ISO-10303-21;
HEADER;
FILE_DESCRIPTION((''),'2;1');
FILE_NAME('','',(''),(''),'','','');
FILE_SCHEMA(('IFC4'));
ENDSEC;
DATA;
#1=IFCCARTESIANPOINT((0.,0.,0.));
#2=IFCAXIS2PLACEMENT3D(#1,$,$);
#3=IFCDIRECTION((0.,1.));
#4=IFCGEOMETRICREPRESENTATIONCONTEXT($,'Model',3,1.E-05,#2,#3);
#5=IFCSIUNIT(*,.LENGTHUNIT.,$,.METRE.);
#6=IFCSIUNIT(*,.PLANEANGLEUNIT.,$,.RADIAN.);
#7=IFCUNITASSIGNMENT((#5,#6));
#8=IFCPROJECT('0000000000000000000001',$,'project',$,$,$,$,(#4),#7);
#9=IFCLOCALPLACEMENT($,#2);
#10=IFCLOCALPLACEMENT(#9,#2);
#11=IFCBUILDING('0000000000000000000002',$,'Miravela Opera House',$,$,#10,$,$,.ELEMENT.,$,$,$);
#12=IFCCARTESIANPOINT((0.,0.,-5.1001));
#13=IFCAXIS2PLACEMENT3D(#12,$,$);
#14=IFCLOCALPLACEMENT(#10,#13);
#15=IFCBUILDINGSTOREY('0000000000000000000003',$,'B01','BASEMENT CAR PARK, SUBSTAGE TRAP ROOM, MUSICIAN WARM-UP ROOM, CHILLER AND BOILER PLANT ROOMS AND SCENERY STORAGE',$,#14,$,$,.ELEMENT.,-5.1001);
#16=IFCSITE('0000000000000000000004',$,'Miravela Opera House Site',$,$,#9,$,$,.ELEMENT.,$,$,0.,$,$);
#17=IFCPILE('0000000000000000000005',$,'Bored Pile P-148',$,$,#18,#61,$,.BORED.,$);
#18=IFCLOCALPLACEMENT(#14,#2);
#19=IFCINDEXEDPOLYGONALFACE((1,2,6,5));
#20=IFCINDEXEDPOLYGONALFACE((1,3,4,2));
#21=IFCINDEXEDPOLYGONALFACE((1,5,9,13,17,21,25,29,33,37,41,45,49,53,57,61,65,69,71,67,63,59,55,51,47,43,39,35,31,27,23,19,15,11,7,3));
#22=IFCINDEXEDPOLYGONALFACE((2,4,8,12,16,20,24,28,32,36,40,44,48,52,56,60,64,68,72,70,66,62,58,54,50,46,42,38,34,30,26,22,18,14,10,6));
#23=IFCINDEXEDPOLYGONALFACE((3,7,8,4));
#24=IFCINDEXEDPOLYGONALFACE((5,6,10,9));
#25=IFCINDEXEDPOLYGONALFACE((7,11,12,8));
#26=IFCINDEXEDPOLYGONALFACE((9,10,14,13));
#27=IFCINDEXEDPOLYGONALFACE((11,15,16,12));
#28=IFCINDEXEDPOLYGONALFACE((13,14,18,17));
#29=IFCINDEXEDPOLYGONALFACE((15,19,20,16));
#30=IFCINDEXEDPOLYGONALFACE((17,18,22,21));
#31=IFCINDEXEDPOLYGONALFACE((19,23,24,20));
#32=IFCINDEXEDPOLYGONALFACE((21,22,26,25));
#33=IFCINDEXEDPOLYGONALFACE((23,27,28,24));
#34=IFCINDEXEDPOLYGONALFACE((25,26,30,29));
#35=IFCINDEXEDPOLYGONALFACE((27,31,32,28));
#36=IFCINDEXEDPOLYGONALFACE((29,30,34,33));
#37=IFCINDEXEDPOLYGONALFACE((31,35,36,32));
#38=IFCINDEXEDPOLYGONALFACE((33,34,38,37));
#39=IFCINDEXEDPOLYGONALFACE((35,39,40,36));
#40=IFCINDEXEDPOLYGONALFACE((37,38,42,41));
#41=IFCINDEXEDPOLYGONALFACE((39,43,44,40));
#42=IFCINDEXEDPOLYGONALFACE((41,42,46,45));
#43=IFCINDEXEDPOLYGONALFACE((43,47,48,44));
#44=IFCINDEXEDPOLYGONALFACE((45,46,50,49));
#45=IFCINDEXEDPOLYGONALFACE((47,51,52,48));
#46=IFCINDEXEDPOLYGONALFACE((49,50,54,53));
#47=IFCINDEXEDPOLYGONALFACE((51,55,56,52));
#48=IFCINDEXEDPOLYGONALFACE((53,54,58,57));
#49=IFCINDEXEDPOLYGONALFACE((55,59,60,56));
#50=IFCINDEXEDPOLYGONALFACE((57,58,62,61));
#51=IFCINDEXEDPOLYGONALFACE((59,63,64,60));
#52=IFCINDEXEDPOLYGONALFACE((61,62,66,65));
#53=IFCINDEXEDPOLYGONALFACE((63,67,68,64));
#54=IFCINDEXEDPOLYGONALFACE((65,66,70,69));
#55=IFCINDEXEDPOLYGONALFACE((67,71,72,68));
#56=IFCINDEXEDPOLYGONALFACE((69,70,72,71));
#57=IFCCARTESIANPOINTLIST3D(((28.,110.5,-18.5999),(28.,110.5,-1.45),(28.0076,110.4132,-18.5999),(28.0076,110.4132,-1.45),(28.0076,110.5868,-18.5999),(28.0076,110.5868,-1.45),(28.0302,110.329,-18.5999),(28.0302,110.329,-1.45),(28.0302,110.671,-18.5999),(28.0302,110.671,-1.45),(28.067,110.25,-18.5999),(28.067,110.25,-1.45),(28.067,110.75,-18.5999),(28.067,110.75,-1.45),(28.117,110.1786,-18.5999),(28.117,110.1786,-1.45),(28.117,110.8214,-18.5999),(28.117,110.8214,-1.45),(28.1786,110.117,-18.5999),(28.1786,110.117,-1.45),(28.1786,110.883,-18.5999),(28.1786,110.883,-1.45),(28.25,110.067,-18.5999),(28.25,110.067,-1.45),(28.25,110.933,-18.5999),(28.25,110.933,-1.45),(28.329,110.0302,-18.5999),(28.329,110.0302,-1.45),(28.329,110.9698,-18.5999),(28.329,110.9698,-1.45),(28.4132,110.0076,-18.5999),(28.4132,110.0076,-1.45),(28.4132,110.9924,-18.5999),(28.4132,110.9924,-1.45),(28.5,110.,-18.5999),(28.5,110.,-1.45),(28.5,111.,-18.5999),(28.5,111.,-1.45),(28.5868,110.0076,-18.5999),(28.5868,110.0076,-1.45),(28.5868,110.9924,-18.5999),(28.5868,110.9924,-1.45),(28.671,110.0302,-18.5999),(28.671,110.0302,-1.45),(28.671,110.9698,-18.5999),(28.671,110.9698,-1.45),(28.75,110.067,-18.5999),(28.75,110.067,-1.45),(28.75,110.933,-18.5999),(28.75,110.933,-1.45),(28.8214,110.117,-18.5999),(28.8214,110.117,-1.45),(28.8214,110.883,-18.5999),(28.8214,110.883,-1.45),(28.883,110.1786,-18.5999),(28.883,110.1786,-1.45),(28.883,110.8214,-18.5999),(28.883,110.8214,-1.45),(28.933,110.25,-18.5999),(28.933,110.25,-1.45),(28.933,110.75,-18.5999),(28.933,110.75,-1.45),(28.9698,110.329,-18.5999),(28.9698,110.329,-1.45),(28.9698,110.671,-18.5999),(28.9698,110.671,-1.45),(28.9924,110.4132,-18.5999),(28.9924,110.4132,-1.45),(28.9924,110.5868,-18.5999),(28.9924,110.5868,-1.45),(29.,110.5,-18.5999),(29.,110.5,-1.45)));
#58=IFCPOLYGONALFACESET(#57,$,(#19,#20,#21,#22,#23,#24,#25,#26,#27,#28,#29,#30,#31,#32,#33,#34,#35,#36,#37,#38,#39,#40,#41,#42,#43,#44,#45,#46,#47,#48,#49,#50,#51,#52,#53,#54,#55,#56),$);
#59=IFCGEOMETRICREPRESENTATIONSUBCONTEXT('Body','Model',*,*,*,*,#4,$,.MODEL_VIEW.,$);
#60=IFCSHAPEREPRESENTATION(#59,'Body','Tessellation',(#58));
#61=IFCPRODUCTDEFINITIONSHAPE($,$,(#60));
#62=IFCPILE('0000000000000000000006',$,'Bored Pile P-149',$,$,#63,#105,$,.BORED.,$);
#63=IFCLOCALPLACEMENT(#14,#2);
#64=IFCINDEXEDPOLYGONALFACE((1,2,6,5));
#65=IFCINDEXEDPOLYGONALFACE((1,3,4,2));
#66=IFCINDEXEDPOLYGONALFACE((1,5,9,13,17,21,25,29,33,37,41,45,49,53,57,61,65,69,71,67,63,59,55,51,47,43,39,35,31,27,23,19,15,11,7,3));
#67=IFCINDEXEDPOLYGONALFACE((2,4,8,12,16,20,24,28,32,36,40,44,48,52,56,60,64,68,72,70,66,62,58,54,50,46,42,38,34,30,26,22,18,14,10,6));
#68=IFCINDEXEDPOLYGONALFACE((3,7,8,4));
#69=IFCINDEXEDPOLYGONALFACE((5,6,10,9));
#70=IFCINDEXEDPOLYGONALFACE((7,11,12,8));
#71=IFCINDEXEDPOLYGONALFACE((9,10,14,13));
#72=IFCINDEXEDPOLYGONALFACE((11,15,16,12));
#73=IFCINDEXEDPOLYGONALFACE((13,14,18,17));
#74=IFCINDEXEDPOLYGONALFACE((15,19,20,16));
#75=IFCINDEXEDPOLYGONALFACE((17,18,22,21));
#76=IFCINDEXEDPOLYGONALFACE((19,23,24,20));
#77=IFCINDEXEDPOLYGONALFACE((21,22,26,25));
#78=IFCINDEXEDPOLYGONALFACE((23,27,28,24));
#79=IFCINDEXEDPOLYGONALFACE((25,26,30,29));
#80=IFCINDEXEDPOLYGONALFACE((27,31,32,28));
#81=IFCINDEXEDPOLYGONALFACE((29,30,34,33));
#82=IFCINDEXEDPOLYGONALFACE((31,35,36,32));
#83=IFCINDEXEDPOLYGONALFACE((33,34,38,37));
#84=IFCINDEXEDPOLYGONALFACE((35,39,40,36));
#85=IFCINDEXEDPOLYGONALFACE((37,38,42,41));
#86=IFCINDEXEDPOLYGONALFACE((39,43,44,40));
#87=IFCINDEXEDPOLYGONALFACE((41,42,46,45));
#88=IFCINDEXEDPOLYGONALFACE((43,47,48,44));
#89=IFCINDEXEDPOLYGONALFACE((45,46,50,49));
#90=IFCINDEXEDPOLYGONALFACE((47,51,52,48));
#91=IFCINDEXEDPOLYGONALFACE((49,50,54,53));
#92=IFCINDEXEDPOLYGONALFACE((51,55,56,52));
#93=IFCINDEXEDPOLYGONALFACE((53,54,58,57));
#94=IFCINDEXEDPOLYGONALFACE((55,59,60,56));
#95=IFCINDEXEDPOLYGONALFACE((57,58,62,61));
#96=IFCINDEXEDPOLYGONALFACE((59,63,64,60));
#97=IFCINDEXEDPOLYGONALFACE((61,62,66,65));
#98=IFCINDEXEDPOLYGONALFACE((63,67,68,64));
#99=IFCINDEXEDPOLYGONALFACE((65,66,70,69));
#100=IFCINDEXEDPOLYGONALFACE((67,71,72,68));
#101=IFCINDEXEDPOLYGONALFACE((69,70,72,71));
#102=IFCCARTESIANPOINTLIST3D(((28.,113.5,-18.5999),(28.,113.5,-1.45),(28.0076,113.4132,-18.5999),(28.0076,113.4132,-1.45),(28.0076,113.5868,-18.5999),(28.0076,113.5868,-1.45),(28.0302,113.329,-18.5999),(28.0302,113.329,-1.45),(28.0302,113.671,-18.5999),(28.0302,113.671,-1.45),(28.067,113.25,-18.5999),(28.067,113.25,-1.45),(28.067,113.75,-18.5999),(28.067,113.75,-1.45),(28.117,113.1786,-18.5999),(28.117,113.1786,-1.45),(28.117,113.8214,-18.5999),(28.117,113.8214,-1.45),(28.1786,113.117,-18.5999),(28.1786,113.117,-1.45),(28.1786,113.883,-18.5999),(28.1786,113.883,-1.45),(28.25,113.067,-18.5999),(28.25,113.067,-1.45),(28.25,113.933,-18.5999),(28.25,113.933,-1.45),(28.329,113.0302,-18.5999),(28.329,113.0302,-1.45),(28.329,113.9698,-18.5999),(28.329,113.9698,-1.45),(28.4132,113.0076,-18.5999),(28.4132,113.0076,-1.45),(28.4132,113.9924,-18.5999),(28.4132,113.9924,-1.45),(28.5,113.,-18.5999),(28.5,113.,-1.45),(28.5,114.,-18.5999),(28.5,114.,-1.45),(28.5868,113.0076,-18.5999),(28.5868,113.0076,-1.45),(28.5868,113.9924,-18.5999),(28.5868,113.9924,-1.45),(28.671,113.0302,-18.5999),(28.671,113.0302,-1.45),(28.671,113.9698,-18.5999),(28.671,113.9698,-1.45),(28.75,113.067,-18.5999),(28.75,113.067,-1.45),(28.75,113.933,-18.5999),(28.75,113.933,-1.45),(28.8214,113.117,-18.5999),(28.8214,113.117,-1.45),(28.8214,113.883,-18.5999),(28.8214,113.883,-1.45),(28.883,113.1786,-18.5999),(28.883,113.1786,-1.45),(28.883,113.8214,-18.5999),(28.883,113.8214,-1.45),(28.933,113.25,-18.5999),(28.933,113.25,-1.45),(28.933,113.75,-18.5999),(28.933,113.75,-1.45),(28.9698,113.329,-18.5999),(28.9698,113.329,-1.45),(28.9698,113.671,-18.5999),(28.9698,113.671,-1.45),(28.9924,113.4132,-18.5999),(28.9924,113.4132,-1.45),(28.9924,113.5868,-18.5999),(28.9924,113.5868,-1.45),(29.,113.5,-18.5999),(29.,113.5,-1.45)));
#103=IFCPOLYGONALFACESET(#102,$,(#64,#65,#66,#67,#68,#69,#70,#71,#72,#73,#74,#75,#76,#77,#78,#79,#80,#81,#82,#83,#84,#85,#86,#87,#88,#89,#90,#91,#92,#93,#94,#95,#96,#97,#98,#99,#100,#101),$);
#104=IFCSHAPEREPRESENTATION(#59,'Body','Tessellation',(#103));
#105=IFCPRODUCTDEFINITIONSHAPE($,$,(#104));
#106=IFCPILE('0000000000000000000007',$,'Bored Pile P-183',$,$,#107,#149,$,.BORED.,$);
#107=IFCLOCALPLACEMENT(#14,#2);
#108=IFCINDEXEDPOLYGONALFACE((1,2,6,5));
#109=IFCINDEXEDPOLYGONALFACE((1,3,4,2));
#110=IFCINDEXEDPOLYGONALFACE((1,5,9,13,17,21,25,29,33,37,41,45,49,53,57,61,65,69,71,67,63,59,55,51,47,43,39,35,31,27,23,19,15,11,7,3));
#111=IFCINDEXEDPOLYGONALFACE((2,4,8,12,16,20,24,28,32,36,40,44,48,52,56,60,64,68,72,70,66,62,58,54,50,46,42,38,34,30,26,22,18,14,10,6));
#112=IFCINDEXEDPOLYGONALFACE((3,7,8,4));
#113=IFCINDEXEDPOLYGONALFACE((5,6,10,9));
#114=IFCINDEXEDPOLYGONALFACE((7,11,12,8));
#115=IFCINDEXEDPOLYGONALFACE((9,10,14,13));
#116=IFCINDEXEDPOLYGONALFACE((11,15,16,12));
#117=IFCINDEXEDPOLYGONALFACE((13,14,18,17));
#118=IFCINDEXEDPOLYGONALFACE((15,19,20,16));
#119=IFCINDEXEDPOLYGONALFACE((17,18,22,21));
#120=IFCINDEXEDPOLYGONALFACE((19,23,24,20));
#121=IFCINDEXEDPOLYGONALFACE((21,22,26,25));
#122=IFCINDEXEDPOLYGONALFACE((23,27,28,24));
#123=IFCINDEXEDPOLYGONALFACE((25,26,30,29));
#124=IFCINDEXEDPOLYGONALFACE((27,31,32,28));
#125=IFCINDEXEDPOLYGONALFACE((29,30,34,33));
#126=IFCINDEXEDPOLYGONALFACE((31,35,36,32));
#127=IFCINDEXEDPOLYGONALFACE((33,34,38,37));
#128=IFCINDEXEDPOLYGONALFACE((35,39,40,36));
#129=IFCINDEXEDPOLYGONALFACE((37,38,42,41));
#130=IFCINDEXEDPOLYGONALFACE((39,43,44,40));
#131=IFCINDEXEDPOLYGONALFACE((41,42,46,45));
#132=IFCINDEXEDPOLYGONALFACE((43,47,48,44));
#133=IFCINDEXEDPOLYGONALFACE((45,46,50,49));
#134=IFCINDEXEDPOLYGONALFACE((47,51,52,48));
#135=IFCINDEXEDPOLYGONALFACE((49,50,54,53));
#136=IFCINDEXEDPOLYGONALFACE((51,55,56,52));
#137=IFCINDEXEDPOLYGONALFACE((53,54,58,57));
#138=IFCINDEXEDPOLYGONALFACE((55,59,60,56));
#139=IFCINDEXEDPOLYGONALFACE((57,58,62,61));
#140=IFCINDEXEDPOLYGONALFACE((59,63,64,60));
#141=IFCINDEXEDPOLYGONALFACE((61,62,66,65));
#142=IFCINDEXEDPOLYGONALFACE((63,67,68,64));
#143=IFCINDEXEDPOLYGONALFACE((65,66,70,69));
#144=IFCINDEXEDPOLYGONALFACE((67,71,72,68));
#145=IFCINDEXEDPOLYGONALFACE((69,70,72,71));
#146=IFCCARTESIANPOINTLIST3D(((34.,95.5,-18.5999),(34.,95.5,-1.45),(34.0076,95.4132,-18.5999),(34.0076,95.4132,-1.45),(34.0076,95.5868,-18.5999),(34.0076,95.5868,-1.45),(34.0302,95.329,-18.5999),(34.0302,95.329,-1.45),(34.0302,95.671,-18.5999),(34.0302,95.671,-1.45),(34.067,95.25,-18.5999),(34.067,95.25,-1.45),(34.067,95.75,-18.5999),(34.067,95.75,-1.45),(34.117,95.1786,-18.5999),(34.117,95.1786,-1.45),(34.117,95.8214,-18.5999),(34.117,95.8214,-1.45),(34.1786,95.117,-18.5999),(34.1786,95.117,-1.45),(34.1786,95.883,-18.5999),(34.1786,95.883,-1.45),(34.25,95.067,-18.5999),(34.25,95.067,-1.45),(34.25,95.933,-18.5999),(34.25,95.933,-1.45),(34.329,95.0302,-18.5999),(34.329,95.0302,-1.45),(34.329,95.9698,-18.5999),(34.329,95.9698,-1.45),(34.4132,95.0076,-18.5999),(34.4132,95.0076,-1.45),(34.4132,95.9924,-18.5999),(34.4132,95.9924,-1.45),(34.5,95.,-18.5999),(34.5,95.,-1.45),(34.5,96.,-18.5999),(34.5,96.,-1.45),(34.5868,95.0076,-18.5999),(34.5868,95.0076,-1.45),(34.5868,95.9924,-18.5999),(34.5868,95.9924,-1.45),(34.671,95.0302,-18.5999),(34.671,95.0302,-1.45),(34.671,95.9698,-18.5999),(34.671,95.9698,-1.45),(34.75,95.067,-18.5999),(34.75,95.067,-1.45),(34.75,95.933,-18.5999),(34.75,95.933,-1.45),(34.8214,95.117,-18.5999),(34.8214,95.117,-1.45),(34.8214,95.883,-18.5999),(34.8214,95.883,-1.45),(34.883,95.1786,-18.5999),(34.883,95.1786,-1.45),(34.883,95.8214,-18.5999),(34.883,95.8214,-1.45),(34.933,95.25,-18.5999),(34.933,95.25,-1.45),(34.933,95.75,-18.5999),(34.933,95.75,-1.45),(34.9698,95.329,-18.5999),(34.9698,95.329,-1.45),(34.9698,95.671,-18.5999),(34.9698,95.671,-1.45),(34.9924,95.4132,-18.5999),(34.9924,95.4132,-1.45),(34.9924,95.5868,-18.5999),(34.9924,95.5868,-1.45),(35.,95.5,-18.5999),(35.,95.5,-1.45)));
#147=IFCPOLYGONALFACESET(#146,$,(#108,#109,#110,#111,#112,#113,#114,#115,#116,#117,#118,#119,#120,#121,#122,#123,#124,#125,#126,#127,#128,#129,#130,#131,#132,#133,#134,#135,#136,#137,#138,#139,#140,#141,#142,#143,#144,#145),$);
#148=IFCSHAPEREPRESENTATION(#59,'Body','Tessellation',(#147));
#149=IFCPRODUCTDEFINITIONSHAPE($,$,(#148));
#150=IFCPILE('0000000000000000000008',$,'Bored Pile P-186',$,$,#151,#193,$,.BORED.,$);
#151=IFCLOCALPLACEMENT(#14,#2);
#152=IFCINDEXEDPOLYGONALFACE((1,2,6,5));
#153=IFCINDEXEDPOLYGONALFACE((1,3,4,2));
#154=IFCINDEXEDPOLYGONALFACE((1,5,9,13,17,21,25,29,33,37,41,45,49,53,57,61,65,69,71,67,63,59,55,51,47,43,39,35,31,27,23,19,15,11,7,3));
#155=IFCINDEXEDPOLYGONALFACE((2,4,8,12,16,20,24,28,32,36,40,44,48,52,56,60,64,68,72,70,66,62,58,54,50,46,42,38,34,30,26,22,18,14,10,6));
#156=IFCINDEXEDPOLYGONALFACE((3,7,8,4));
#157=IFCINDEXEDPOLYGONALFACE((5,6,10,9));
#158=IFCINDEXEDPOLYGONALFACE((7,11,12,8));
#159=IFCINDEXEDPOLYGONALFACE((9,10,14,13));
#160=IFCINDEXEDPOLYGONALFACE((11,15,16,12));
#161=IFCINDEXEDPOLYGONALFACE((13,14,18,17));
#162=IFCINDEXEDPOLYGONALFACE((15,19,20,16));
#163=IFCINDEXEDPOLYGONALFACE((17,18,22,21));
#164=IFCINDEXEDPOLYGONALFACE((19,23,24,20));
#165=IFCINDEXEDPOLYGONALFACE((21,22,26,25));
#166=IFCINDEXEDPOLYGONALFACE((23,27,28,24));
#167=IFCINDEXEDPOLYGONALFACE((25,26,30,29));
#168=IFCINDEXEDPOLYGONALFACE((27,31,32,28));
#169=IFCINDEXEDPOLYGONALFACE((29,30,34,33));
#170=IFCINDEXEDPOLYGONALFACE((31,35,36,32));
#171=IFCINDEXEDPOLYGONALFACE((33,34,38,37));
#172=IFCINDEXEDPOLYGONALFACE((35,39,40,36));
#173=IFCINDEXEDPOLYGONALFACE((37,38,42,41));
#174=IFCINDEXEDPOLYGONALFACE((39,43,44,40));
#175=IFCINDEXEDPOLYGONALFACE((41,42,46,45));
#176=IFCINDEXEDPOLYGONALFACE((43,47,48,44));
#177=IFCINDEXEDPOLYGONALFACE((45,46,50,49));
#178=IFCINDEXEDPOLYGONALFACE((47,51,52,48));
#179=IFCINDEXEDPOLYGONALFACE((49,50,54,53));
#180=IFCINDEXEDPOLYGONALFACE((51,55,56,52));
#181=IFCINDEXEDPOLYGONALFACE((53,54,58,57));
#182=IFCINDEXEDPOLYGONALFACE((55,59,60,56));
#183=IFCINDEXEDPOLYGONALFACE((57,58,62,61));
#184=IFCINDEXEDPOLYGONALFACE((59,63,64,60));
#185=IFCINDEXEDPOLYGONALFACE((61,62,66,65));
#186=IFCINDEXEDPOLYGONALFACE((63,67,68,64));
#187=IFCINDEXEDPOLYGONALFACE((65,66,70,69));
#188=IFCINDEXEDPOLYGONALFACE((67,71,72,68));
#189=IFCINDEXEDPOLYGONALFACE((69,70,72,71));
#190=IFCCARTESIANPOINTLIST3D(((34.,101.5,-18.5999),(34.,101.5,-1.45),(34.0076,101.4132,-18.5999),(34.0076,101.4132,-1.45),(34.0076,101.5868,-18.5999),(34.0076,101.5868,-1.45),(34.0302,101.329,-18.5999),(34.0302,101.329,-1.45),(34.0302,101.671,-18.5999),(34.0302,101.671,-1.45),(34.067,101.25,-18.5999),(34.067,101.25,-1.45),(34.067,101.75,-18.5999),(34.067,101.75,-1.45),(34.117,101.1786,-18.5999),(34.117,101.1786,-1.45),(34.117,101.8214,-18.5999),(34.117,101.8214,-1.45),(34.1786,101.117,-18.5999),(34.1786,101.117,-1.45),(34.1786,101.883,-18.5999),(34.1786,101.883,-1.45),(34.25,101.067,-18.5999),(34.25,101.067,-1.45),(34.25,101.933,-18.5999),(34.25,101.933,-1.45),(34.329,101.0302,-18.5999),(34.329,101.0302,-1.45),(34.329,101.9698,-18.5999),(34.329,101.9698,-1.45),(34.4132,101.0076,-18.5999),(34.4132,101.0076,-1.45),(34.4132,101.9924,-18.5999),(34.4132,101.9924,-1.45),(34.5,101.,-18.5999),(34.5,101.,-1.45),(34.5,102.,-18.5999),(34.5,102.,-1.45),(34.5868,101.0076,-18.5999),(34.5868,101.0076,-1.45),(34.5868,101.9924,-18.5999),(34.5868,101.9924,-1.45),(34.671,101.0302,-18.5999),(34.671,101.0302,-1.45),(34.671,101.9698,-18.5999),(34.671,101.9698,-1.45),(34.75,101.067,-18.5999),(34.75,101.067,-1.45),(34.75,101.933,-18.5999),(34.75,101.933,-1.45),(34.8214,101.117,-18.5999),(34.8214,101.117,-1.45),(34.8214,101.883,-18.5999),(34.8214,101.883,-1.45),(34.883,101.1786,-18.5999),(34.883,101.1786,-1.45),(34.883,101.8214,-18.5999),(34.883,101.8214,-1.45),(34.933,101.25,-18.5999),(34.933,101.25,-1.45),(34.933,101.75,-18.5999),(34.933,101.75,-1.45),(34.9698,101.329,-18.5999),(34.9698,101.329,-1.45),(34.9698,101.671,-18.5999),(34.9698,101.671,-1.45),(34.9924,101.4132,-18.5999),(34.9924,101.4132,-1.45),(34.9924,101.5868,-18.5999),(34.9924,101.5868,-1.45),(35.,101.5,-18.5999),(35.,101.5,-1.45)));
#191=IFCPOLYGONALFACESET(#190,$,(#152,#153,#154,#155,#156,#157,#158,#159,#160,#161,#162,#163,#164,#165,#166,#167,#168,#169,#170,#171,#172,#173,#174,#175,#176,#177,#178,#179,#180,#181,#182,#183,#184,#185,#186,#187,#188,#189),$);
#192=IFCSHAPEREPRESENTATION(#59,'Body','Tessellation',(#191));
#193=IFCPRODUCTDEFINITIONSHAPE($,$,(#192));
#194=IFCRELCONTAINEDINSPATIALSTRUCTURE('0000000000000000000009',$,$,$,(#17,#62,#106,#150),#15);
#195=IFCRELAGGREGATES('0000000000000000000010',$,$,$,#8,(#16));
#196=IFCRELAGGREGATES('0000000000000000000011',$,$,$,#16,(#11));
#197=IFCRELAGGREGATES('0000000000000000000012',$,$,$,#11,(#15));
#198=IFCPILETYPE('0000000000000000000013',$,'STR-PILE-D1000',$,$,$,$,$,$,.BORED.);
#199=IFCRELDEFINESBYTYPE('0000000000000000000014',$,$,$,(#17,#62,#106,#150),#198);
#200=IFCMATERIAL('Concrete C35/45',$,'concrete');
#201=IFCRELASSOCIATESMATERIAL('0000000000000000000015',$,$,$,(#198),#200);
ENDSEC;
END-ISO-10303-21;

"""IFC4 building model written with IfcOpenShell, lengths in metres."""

from ifc_helpers import new_model, si_unit, direction, frame, origin, origin_2d, place, context, subcontext, project, spatial, circle, extrude, material, material_profile, profile_set, type_object, element, save


model = new_model("IFC4")

# Units and contexts
model_context = context("Model", 3, precision=1e-05, world=origin(), true_north=direction((0.0, 1.0)))
body_context = subcontext(model_context, "Body", "Model", "MODEL_VIEW")
ifc_project = project(units=[si_unit("LENGTHUNIT", "METRE"), si_unit("PLANEANGLEUNIT", "RADIAN")], contexts=[model_context])

# Site, building, storey
site_placement = place(None, origin())
site = spatial("IfcSite", under=ifc_project, at=site_placement, Name="Miravela Opera House Site", CompositionType="ELEMENT", RefElevation=0.0)
building_placement = place(site_placement, origin())
building = spatial("IfcBuilding", under=site, at=building_placement, Name="Miravela Opera House", CompositionType="ELEMENT")
storey_placement = place(building_placement, frame((0.0, 0.0, -5.1001)))
storey = spatial("IfcBuildingStorey", under=building, at=storey_placement, Name="B01", Description="BASEMENT CAR PARK, SUBSTAGE TRAP ROOM, MUSICIAN WARM-UP ROOM, CHILLER AND BOILER PLANT ROOMS AND SCENERY STORAGE", CompositionType="ELEMENT", Elevation=-5.1001)

# Shared definitions
ifc_material_1 = material(Name="Concrete C35/45", Category="concrete")

# Piles
ifc_material_profile_1 = material_profile(ifc_material_1, circle(Radius=0.5, at=origin_2d()), Name="PILE-D1000")
ifc_profile_set_1 = profile_set([ifc_material_profile_1])
pile_type = type_object("IfcPileType", Name="STR-PILE-D1000", PredefinedType="BORED", material=ifc_profile_set_1)
for number, where, z_axis, x_axis, name in (
    (1, (28.5, 110.5, -1.45), (0.0, 0.0, -1.0), (1.0, 0.0, 0.0), "Bored Pile P-148"),
    (2, (28.5, 113.5, -1.45), (0.0, 0.0, -1.0), (1.0, 0.0, 0.0), "Bored Pile P-149"),
    (3, (34.5, 95.5, -1.45), (0.0, 0.0, -1.0), (1.0, 0.0, 0.0), "Bored Pile P-183"),
    (4, (34.5, 101.5, -1.45), (0.0, 0.0, -1.0), (1.0, 0.0, 0.0), "Bored Pile P-186"),
):
    element("IfcPile", number, at=place(storey_placement, frame(where, z_axis=z_axis, x_axis=x_axis)), inside=storey, type_object=pile_type, Name=name, PredefinedType="BORED", context=body_context, shape_type="SweptSolid", body=[
        extrude(circle(Radius=0.5, at=origin_2d()), origin(), (0.0, 0.0, 1.0), 17.1499),
    ])

save(model, "model.ifc")
